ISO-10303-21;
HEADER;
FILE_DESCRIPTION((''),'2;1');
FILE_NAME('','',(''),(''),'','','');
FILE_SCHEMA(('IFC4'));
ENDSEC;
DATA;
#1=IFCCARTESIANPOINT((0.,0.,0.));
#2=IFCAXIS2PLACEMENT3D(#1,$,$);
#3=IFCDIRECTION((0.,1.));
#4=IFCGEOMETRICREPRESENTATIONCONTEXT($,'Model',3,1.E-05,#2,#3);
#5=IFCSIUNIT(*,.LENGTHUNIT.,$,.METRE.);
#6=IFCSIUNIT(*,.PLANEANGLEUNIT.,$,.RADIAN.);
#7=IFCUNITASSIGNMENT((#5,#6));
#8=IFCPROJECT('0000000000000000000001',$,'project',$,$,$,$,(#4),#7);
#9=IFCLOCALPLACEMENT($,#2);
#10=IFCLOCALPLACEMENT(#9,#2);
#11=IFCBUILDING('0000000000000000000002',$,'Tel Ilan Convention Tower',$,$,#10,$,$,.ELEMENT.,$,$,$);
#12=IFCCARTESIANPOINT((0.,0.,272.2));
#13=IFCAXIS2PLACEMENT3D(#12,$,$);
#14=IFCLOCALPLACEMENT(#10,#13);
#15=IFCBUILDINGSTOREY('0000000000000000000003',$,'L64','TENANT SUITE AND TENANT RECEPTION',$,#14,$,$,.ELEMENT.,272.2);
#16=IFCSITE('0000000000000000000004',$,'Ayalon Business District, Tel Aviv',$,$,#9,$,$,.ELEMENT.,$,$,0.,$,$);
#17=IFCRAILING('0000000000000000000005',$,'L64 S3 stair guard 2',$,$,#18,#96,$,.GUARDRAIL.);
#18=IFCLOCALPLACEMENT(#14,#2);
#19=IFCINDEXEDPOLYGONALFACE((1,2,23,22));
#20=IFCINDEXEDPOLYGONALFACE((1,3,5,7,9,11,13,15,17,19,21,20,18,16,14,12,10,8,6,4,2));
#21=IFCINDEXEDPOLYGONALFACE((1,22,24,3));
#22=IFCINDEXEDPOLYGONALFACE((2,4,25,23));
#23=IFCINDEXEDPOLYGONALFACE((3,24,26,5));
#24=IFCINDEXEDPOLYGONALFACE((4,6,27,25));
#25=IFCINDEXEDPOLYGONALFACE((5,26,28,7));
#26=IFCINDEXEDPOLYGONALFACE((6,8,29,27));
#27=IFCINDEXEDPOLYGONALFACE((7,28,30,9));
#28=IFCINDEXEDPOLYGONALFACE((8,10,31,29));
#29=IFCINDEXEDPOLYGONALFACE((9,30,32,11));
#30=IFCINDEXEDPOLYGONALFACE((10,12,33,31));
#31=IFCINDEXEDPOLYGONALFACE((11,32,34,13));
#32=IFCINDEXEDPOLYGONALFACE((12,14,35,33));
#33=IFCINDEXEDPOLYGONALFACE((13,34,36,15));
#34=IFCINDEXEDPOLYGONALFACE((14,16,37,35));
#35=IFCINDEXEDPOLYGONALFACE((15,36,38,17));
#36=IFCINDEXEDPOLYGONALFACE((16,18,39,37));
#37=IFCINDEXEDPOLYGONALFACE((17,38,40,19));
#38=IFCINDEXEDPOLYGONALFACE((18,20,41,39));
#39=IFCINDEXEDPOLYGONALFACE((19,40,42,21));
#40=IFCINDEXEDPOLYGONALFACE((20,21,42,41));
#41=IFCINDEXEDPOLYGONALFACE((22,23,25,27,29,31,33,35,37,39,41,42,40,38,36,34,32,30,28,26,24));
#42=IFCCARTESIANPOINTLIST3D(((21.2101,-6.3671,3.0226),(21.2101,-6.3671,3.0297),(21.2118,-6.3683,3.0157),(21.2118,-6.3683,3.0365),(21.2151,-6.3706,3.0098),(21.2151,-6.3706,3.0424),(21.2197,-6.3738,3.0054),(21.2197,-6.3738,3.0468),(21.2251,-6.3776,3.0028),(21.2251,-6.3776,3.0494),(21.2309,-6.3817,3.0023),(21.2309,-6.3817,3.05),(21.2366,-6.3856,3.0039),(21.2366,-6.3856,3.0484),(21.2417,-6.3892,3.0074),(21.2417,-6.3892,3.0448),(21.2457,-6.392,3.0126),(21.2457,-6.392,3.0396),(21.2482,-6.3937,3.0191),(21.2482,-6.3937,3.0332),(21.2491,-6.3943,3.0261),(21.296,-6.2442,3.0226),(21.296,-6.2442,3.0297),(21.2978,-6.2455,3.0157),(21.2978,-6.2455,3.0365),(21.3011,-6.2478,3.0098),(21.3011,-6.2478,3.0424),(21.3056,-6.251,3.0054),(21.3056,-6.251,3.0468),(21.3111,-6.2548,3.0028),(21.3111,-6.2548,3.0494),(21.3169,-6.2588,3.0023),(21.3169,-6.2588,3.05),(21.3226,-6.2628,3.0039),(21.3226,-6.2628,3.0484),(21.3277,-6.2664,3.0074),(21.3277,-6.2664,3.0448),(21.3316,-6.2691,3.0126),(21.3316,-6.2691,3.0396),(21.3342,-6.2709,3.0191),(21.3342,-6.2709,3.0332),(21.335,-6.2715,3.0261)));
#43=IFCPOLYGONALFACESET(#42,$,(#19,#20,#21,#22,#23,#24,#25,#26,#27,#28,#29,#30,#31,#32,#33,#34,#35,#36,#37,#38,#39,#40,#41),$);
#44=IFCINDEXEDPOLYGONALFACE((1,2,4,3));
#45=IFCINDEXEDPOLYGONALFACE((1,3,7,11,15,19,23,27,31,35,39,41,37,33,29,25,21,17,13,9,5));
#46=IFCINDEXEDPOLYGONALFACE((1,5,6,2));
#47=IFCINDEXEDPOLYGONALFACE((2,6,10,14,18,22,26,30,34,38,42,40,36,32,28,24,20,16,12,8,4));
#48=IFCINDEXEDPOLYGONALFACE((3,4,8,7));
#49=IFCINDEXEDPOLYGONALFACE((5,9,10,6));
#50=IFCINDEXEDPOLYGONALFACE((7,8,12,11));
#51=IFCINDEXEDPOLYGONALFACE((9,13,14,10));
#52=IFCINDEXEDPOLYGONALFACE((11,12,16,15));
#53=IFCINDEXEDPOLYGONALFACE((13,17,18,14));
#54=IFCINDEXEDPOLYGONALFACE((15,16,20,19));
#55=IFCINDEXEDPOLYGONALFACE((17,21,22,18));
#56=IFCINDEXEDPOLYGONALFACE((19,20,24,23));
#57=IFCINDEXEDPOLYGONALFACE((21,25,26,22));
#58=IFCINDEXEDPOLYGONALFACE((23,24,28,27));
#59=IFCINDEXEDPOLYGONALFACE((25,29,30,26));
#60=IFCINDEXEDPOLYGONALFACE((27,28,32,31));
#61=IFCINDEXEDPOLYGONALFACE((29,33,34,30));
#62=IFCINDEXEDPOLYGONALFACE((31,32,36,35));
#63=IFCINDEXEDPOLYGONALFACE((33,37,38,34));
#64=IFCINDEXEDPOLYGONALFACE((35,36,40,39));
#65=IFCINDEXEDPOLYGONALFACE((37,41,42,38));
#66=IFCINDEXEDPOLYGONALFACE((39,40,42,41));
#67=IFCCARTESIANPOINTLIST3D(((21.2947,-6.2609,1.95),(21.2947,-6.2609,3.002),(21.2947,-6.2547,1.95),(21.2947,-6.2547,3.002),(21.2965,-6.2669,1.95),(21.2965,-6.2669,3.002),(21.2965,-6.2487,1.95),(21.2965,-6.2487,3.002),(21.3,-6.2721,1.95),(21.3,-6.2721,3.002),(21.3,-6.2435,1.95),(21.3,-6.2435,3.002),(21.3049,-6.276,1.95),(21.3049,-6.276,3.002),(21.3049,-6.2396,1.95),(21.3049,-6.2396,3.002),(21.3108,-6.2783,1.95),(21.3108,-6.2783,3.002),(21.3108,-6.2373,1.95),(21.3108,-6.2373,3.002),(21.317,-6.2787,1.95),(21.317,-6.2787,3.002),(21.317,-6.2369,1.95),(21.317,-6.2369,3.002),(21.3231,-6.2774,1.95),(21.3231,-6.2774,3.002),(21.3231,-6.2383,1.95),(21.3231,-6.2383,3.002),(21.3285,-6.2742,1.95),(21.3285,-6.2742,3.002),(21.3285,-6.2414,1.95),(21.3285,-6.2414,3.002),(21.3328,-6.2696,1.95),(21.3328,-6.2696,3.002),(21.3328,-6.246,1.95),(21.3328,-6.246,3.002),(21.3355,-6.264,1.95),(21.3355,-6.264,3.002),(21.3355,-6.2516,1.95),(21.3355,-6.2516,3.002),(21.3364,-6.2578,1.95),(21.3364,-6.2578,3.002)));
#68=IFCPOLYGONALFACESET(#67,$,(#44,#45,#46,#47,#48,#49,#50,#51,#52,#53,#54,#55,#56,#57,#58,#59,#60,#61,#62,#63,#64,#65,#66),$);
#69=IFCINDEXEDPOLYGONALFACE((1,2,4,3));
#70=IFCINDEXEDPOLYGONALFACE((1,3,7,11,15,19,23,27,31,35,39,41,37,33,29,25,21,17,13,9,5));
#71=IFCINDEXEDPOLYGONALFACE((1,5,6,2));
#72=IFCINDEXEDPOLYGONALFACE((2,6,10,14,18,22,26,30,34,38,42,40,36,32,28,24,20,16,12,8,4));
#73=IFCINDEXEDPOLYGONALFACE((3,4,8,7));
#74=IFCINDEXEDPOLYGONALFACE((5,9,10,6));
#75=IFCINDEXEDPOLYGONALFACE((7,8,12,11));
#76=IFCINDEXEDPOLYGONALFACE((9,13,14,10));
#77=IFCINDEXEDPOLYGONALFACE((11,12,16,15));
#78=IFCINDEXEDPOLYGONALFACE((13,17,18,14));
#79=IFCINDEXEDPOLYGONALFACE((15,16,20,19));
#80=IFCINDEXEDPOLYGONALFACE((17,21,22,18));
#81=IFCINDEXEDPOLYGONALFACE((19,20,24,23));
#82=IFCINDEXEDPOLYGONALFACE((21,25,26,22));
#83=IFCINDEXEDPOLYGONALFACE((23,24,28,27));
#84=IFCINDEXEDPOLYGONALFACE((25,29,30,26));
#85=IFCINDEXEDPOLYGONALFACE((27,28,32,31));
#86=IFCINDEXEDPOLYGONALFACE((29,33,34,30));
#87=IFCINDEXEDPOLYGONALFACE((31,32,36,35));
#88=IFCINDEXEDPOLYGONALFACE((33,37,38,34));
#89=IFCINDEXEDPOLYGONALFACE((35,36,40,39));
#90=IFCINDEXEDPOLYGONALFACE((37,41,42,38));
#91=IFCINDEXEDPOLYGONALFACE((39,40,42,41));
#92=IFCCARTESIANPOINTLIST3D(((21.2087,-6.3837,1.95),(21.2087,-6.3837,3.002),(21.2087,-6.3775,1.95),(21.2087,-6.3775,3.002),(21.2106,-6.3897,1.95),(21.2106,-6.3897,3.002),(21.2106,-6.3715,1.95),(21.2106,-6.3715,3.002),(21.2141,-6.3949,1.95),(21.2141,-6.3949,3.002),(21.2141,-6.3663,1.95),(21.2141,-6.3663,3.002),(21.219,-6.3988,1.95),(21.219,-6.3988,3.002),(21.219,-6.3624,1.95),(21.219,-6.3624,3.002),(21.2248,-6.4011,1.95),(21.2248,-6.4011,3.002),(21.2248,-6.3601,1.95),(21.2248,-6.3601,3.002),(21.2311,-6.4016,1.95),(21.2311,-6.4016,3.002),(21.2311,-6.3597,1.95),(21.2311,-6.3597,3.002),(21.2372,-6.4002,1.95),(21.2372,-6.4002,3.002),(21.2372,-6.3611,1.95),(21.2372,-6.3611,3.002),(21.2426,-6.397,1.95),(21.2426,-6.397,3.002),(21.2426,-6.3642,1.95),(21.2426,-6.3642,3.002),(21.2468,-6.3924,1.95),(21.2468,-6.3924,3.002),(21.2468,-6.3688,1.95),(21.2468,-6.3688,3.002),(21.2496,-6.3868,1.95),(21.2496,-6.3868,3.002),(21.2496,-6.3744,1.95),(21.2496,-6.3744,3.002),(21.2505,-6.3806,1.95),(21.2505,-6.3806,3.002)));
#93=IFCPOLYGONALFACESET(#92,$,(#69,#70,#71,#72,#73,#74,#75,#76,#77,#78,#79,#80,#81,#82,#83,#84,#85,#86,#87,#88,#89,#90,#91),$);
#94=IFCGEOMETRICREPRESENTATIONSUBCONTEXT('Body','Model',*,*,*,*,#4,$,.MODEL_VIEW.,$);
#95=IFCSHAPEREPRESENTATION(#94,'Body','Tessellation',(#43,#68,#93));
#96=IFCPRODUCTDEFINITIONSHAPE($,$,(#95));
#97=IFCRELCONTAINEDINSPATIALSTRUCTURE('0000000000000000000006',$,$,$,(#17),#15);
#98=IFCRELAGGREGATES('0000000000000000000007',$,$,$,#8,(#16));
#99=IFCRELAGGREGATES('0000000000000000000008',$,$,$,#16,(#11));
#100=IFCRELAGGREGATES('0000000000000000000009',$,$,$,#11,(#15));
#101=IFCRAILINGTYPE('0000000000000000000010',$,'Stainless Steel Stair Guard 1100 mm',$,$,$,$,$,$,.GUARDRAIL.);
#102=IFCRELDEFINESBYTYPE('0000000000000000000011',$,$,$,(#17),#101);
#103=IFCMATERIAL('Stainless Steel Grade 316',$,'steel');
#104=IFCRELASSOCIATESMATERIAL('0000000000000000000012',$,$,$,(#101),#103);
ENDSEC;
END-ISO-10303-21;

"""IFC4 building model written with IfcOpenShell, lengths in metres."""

from ifc_helpers import new_model, si_unit, direction, frame, origin, origin_2d, place, context, subcontext, project, spatial, circle, extrude, material, type_object, element, save


model = new_model("IFC4")

# Units and contexts
model_context = context("Model", 3, precision=1e-05, world=origin(), true_north=direction((0.0, 1.0)))
body_context = subcontext(model_context, "Body", "Model", "MODEL_VIEW")
ifc_project = project(units=[si_unit("LENGTHUNIT", "METRE"), si_unit("PLANEANGLEUNIT", "RADIAN")], contexts=[model_context])

# Site, building, storey
site_placement = place(None, origin())
site = spatial("IfcSite", under=ifc_project, at=site_placement, Name="Ayalon Business District, Tel Aviv", CompositionType="ELEMENT", RefElevation=0.0)
building_placement = place(site_placement, origin())
building = spatial("IfcBuilding", under=site, at=building_placement, Name="Tel Ilan Convention Tower", CompositionType="ELEMENT")
storey_placement = place(building_placement, frame((0.0, 0.0, 272.2)))
storey = spatial("IfcBuildingStorey", under=building, at=storey_placement, Name="L64", Description="TENANT SUITE AND TENANT RECEPTION", CompositionType="ELEMENT", Elevation=272.2)

# Railing
ifc_material_1 = material(Name="Stainless Steel Grade 316", Category="steel")
railing_type_1 = type_object("IfcRailingType", Name="Stainless Steel Stair Guard 1100 mm", PredefinedType="GUARDRAIL", material=ifc_material_1)
railing_1_placement = place(storey_placement, frame((21.3154, -6.2578, 1.95)))
element("IfcRailing", 1, at=railing_1_placement, inside=storey, type_object=railing_type_1, Name="L64 S3 stair guard 2", PredefinedType="GUARDRAIL", context=body_context, shape_type="SweptSolid", body=[
    extrude(circle(Radius=0.0239, at=origin_2d()), frame((0.0, 0.0, 1.0762), z_axis=(-0.573353, -0.819308, 0.0), x_axis=(0.819308, -0.573353, 0.0)), (0.0, 0.0, 1.0), 0.1499),
    extrude(circle(Radius=0.021, at=origin_2d()), origin(), (0.0, 0.0, 1.0), 1.052),
    extrude(circle(Radius=0.021, at=origin_2d()), frame((-0.0859, -0.1228, 0.0)), (0.0, 0.0, 1.0), 1.052),
])

save(model, "model.ifc")
